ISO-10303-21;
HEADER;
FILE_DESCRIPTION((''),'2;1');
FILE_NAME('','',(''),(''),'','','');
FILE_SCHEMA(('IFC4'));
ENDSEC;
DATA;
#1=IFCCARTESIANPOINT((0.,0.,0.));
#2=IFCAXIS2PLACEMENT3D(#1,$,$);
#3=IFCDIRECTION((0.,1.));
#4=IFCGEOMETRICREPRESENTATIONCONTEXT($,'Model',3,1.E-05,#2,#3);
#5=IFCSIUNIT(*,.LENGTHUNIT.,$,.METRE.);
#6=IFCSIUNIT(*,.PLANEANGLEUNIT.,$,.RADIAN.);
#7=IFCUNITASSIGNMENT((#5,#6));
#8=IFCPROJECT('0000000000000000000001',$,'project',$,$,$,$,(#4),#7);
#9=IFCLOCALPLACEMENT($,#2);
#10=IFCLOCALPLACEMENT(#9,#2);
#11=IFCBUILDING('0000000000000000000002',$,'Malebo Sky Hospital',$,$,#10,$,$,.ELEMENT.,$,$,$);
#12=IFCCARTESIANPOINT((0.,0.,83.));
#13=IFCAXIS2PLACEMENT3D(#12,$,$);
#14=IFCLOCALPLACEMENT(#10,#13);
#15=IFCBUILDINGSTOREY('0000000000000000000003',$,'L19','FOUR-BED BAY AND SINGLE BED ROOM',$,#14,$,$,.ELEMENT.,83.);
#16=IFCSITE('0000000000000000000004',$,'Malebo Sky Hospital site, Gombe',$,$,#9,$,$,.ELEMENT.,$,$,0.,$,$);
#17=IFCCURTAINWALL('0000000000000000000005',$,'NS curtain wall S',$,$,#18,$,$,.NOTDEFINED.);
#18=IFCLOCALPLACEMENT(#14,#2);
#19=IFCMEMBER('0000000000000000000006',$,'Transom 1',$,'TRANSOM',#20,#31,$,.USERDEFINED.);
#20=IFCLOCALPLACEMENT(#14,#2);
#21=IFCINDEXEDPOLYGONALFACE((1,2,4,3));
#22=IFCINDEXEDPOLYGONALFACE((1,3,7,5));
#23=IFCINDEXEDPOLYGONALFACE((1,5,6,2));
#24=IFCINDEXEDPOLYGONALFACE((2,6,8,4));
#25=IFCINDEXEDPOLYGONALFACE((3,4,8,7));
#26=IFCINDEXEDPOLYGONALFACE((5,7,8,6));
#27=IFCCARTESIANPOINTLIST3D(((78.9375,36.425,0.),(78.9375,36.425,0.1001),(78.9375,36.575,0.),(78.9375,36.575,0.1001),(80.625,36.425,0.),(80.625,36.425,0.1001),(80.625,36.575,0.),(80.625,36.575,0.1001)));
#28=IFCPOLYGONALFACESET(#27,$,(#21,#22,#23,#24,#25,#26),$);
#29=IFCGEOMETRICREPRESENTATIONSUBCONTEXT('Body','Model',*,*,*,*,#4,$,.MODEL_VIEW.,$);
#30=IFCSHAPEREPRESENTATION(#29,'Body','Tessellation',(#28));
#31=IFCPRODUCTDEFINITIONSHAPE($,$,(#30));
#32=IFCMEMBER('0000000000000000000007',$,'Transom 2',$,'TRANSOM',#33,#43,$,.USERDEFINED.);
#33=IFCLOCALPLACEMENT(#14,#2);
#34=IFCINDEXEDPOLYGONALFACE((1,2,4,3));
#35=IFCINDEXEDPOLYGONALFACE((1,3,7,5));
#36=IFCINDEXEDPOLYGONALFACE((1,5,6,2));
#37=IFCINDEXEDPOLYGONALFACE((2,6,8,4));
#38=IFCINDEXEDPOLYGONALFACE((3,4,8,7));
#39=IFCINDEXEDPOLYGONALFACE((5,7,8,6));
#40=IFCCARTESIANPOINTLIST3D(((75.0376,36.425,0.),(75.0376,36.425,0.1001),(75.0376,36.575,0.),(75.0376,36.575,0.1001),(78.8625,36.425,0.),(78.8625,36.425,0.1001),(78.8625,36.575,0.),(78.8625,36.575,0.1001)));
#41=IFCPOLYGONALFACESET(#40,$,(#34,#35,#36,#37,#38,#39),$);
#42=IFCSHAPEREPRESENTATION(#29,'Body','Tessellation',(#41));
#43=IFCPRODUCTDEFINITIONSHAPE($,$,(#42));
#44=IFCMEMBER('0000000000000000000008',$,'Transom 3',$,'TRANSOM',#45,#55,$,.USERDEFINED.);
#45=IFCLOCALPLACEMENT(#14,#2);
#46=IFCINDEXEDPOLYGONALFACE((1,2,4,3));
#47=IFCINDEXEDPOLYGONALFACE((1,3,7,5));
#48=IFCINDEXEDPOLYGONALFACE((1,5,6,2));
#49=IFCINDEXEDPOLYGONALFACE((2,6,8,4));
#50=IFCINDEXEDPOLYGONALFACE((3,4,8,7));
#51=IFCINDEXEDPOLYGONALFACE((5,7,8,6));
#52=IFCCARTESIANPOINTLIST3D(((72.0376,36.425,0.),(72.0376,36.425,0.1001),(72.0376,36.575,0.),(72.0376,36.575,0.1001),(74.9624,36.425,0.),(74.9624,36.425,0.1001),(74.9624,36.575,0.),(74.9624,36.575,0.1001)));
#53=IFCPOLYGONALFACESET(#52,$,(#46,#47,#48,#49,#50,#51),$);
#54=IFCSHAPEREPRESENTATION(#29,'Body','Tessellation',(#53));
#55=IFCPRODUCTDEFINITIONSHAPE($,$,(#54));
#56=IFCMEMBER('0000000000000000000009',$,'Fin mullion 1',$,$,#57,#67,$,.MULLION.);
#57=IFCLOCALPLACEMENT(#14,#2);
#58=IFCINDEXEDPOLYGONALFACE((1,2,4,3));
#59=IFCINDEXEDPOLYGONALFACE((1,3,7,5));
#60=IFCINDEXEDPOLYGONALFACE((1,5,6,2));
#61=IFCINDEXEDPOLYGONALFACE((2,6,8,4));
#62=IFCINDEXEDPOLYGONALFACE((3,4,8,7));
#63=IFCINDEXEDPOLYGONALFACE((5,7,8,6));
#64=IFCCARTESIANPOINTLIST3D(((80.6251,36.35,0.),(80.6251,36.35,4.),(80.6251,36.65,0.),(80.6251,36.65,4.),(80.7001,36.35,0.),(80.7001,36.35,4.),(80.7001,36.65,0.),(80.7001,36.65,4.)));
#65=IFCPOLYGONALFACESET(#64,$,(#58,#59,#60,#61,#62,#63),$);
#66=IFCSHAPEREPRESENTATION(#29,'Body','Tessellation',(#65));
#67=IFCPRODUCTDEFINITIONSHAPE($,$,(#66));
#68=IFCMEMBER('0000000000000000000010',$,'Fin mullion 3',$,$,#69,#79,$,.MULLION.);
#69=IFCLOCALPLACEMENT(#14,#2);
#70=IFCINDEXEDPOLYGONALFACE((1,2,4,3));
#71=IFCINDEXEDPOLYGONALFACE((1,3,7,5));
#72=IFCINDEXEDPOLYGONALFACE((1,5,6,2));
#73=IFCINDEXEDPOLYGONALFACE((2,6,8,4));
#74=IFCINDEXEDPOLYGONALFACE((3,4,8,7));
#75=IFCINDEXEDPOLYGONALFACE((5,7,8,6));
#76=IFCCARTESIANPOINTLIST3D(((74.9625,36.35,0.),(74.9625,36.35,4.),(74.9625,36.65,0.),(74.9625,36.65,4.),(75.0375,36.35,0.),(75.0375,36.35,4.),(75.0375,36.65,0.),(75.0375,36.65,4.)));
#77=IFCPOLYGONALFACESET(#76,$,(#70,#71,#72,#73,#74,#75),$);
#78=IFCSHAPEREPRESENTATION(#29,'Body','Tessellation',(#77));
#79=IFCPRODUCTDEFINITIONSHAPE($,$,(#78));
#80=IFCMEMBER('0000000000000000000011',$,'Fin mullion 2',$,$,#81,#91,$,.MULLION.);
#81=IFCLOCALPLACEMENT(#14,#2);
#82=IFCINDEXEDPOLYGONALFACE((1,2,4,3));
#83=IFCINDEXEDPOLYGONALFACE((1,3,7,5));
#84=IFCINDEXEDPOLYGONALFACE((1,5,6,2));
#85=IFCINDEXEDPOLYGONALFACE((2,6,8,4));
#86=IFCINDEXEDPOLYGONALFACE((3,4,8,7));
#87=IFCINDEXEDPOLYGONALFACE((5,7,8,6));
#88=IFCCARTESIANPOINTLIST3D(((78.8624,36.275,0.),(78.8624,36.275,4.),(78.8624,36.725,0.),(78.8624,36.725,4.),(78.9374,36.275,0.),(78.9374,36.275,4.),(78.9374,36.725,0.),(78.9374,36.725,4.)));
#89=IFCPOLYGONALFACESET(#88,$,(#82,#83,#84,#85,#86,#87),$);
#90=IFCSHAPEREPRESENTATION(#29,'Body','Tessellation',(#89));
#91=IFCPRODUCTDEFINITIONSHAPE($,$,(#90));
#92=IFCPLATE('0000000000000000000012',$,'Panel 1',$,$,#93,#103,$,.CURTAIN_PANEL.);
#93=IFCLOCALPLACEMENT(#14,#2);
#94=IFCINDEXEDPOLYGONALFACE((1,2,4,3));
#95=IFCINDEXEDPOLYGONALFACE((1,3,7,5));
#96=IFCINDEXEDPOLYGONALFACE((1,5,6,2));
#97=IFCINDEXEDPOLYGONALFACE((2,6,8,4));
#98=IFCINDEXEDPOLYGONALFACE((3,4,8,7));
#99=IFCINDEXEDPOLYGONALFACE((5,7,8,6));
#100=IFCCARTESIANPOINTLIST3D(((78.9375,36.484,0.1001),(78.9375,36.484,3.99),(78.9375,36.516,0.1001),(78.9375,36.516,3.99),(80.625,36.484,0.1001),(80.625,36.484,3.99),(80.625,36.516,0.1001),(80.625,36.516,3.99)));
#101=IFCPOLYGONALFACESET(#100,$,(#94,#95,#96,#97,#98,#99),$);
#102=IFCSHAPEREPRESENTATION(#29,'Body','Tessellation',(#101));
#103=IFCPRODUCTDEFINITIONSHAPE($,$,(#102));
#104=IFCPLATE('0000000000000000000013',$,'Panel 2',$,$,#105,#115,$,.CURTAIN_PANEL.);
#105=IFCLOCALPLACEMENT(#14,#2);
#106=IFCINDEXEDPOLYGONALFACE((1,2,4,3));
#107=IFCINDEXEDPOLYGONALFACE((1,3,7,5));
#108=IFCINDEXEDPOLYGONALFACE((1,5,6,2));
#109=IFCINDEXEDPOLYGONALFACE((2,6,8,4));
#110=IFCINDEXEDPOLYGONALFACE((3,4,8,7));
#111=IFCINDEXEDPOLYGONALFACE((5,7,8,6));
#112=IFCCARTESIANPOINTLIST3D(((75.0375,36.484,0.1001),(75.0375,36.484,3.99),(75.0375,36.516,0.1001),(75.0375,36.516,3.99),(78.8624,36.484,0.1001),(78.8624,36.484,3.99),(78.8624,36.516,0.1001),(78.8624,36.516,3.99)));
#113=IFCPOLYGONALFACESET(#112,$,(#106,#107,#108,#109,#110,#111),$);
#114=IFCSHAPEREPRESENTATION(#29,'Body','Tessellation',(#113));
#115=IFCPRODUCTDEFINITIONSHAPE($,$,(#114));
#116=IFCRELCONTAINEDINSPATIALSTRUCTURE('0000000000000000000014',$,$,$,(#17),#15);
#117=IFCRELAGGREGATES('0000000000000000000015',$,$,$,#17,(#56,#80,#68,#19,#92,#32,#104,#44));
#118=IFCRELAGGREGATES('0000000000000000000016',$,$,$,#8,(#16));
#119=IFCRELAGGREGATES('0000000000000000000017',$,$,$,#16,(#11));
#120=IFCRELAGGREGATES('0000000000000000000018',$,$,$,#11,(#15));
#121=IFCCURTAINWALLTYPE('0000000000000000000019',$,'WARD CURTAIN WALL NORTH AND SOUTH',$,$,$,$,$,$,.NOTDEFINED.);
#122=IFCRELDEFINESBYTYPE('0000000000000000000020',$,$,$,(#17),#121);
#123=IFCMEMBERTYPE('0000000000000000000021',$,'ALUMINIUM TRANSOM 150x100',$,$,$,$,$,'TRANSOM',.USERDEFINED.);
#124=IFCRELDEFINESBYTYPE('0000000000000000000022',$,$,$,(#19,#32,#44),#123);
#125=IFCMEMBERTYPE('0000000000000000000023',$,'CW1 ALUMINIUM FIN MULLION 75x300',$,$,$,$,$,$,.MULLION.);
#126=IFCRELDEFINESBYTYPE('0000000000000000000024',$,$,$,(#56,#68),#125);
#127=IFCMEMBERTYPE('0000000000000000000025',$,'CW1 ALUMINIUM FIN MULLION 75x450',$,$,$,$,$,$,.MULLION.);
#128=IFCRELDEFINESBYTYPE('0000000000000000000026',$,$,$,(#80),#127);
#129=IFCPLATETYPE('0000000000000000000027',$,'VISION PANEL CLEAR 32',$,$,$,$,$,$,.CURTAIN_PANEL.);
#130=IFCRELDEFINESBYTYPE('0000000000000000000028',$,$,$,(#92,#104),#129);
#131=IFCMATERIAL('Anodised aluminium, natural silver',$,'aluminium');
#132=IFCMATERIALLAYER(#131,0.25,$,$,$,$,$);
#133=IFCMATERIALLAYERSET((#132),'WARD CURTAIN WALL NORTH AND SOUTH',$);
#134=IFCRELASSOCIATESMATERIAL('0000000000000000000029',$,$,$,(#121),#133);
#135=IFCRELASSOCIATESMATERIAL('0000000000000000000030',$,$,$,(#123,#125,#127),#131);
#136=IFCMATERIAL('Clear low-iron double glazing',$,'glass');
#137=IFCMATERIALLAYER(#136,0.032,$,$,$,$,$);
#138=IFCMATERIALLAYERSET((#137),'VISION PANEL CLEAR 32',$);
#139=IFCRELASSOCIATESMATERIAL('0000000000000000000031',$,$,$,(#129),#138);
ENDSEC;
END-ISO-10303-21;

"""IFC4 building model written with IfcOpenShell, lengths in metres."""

from ifc_helpers import new_model, si_unit, direction, frame, origin, origin_2d, place, context, subcontext, project, spatial, rectangle, extrude, material, layer, layer_set, material_profile, profile_set, type_object, element, aggregate, save


model = new_model("IFC4")

# Units and contexts
model_context = context("Model", 3, precision=1e-05, world=origin(), true_north=direction((0.0, 1.0)))
body_context = subcontext(model_context, "Body", "Model", "MODEL_VIEW")
ifc_project = project(units=[si_unit("LENGTHUNIT", "METRE"), si_unit("PLANEANGLEUNIT", "RADIAN")], contexts=[model_context])

# Site, building, storey
site_placement = place(None, origin())
site = spatial("IfcSite", under=ifc_project, at=site_placement, Name="Malebo Sky Hospital site, Gombe", CompositionType="ELEMENT", RefElevation=0.0)
building_placement = place(site_placement, origin())
building = spatial("IfcBuilding", under=site, at=building_placement, Name="Malebo Sky Hospital", CompositionType="ELEMENT")
storey_placement = place(building_placement, frame((0.0, 0.0, 83.0)))
storey = spatial("IfcBuildingStorey", under=building, at=storey_placement, Name="L19", Description="FOUR-BED BAY AND SINGLE BED ROOM", CompositionType="ELEMENT", Elevation=83.0)

# Curtain wall, members, plates
ifc_material_1 = material(Name="Anodised aluminium, natural silver", Category="aluminium")
ifc_layer_1 = layer(ifc_material_1, 0.25)
ifc_layer_set_1 = layer_set([ifc_layer_1], Name="WARD CURTAIN WALL NORTH AND SOUTH")
curtain_wall_type = type_object("IfcCurtainWallType", Name="WARD CURTAIN WALL NORTH AND SOUTH", PredefinedType="NOTDEFINED", material=ifc_layer_set_1)
curtain_wall_placement = place(storey_placement, origin())
curtain_wall = element("IfcCurtainWall", 1, at=curtain_wall_placement, inside=storey, type_object=curtain_wall_type, Name="NS curtain wall S", PredefinedType="NOTDEFINED")
ifc_material_profile_1 = material_profile(ifc_material_1, rectangle(XDim=0.1499, YDim=0.1001, at=origin_2d()), Name="ALUMINIUM TRANSOM 150x100")
ifc_profile_set_1 = profile_set([ifc_material_profile_1], Name="Anodised aluminium, natural silver")
member_type_1 = type_object("IfcMemberType", Name="ALUMINIUM TRANSOM 150x100", ElementType="TRANSOM", PredefinedType="USERDEFINED", material=ifc_profile_set_1)
member_1_placement = place(storey_placement, frame((80.625, 36.5, 0.05), z_axis=(-1.0, 0.0, 0.0), x_axis=(0.0, -1.0, 0.0)))
member_1 = element("IfcMember", 2, at=member_1_placement, type_object=member_type_1, Name="Transom 1", ObjectType="TRANSOM", PredefinedType="USERDEFINED", context=body_context, shape_type="SweptSolid", body=[
    extrude(rectangle(XDim=0.1499, YDim=0.1001, at=origin_2d()), origin(), (0.0, 0.0, 1.0), 1.6875),
])
member_2_placement = place(storey_placement, frame((78.8625, 36.5, 0.05), z_axis=(-1.0, 0.0, 0.0), x_axis=(0.0, -1.0, 0.0)))
member_2 = element("IfcMember", 3, at=member_2_placement, type_object=member_type_1, Name="Transom 2", ObjectType="TRANSOM", PredefinedType="USERDEFINED", context=body_context, shape_type="SweptSolid", body=[
    extrude(rectangle(XDim=0.1499, YDim=0.1001, at=origin_2d()), origin(), (0.0, 0.0, 1.0), 3.825),
])
member_3_placement = place(storey_placement, frame((74.9624, 36.5, 0.05), z_axis=(-1.0, 0.0, 0.0), x_axis=(0.0, -1.0, 0.0)))
member_3 = element("IfcMember", 4, at=member_3_placement, type_object=member_type_1, Name="Transom 3", ObjectType="TRANSOM", PredefinedType="USERDEFINED", context=body_context, shape_type="SweptSolid", body=[
    extrude(rectangle(XDim=0.1499, YDim=0.1001, at=origin_2d()), origin(), (0.0, 0.0, 1.0), 2.9248),
])
ifc_material_profile_2 = material_profile(ifc_material_1, rectangle(XDim=0.075, YDim=0.3, at=origin_2d()), Name="CW1 ALUMINIUM FIN MULLION 75x300")
ifc_profile_set_2 = profile_set([ifc_material_profile_2], Name="Anodised aluminium, natural silver")
member_type_2 = type_object("IfcMemberType", Name="CW1 ALUMINIUM FIN MULLION 75x300", PredefinedType="MULLION", material=ifc_profile_set_2)
member_4_placement = place(storey_placement, frame((80.6626, 36.5, 0.0), z_axis=(0.0, 0.0, 1.0), x_axis=(-1.0, 0.0, 0.0)))
member_4 = element("IfcMember", 5, at=member_4_placement, type_object=member_type_2, Name="Fin mullion 1", PredefinedType="MULLION", context=body_context, shape_type="SweptSolid", body=[
    extrude(rectangle(XDim=0.075, YDim=0.3, at=origin_2d()), origin(), (0.0, 0.0, 1.0), 4.0),
])
member_5_placement = place(storey_placement, frame((75.0, 36.5, 0.0), z_axis=(0.0, 0.0, 1.0), x_axis=(-1.0, 0.0, 0.0)))
member_5 = element("IfcMember", 6, at=member_5_placement, type_object=member_type_2, Name="Fin mullion 3", PredefinedType="MULLION", context=body_context, shape_type="SweptSolid", body=[
    extrude(rectangle(XDim=0.075, YDim=0.3, at=origin_2d()), origin(), (0.0, 0.0, 1.0), 4.0),
])
ifc_material_profile_3 = material_profile(ifc_material_1, rectangle(XDim=0.075, YDim=0.45, at=origin_2d()), Name="CW1 ALUMINIUM FIN MULLION 75x450")
ifc_profile_set_3 = profile_set([ifc_material_profile_3], Name="Anodised aluminium, natural silver")
member_type_3 = type_object("IfcMemberType", Name="CW1 ALUMINIUM FIN MULLION 75x450", PredefinedType="MULLION", material=ifc_profile_set_3)
member_6_placement = place(storey_placement, frame((78.8999, 36.5, 0.0), z_axis=(0.0, 0.0, 1.0), x_axis=(-1.0, 0.0, 0.0)))
member_6 = element("IfcMember", 7, at=member_6_placement, type_object=member_type_3, Name="Fin mullion 2", PredefinedType="MULLION", context=body_context, shape_type="SweptSolid", body=[
    extrude(rectangle(XDim=0.075, YDim=0.45, at=origin_2d()), origin(), (0.0, 0.0, 1.0), 4.0),
])
ifc_material_2 = material(Name="Clear low-iron double glazing", Category="glass")
ifc_layer_2 = layer(ifc_material_2, 0.032)
ifc_layer_set_2 = layer_set([ifc_layer_2], Name="VISION PANEL CLEAR 32")
plate_type = type_object("IfcPlateType", Name="VISION PANEL CLEAR 32", PredefinedType="CURTAIN_PANEL", material=ifc_layer_set_2)
plate_1_placement = place(storey_placement, frame((79.7812, 36.5, 0.1001), z_axis=(0.0, 0.0, 1.0), x_axis=(-1.0, 0.0, 0.0)))
plate_1 = element("IfcPlate", 8, at=plate_1_placement, type_object=plate_type, Name="Panel 1", PredefinedType="CURTAIN_PANEL", context=body_context, shape_type="SweptSolid", body=[
    extrude(rectangle(XDim=1.6875, YDim=0.032, at=origin_2d()), origin(), (0.0, 0.0, 1.0), 3.8899),
])
plate_2_placement = place(storey_placement, frame((76.95, 36.5, 0.1001), z_axis=(0.0, 0.0, 1.0), x_axis=(-1.0, 0.0, 0.0)))
plate_2 = element("IfcPlate", 9, at=plate_2_placement, type_object=plate_type, Name="Panel 2", PredefinedType="CURTAIN_PANEL", context=body_context, shape_type="SweptSolid", body=[
    extrude(rectangle(XDim=3.825, YDim=0.032, at=origin_2d()), origin(), (0.0, 0.0, 1.0), 3.8899),
])
aggregate(curtain_wall, [member_4, member_6, member_5, member_1, plate_1, member_2, plate_2, member_3])

save(model, "model.ifc")
